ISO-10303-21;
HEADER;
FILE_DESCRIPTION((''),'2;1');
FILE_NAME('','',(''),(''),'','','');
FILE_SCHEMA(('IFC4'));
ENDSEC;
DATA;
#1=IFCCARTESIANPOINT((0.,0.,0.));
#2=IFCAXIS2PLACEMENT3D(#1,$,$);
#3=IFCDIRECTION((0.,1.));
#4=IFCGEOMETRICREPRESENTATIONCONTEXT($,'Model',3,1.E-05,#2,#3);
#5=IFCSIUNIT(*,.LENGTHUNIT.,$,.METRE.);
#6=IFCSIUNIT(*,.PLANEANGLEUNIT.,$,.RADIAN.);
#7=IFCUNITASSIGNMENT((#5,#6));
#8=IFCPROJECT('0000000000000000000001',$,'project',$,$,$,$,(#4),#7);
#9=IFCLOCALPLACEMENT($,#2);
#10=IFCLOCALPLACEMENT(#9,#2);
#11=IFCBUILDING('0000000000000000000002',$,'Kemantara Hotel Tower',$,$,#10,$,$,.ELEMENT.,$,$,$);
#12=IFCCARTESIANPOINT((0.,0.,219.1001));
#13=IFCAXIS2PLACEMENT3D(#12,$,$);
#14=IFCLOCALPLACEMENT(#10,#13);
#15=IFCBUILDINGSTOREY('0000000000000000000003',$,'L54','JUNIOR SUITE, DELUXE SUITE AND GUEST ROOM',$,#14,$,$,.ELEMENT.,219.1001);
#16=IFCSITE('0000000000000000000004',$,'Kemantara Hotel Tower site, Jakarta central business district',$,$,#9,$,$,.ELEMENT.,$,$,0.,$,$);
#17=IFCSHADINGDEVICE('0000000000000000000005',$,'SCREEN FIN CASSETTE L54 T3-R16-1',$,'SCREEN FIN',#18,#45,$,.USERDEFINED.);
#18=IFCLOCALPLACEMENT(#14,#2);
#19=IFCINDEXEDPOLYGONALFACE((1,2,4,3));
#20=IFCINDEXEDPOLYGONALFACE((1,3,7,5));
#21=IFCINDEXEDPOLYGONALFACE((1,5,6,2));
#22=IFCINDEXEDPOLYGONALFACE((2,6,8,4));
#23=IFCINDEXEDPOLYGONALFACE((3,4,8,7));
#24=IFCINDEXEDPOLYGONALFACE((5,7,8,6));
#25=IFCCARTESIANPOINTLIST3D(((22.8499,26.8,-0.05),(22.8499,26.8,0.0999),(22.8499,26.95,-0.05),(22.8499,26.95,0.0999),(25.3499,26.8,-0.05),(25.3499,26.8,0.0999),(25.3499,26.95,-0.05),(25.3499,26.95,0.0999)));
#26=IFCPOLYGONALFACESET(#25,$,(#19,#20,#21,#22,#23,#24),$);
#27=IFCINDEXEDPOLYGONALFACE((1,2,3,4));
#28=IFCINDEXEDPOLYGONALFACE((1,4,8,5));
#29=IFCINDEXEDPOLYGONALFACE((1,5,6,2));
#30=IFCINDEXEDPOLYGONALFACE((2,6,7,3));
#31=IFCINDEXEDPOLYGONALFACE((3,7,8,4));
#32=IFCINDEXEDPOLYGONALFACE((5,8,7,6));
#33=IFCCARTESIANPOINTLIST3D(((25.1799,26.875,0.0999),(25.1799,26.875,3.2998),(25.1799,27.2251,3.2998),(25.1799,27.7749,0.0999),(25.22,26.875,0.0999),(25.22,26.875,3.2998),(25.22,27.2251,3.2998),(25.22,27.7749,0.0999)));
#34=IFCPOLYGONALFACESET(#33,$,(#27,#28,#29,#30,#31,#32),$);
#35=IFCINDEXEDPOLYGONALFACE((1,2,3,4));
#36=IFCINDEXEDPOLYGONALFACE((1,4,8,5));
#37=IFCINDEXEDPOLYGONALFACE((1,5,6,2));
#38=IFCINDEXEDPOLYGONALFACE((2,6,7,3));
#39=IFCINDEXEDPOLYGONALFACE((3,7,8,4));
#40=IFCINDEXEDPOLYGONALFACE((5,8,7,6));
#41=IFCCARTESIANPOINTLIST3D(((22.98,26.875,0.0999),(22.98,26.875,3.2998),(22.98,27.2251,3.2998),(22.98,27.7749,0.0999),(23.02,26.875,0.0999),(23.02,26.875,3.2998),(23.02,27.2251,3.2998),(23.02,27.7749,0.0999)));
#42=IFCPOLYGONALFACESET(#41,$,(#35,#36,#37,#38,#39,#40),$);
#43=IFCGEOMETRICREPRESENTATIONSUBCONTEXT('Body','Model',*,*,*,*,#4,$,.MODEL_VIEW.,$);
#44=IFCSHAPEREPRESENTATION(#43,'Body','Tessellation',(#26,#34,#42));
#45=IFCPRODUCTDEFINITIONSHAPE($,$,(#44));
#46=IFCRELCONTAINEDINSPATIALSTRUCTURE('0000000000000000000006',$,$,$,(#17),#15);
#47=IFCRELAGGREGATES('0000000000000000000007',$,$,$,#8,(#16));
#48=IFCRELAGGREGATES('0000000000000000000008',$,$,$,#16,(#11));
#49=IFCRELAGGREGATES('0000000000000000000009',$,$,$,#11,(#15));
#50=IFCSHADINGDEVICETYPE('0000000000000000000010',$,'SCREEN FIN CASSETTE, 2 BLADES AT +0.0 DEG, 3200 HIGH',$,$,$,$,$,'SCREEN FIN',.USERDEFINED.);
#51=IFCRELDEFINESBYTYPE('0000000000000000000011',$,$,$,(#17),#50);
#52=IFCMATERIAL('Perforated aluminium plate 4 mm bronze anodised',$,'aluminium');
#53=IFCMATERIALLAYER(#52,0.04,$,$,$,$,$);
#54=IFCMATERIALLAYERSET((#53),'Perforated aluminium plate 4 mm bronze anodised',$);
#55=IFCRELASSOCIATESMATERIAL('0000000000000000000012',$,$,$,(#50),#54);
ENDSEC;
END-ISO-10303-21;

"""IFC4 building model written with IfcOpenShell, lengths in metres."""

from ifc_helpers import new_model, si_unit, direction, frame, origin, origin_2d, place, context, subcontext, project, spatial, polyline, rectangle, outline, extrude, source, transform, mapped, material, layer, layer_set, type_object, element, save


model = new_model("IFC4")

# Units and contexts
model_context = context("Model", 3, precision=1e-05, world=origin(), true_north=direction((0.0, 1.0)))
body_context = subcontext(model_context, "Body", "Model", "MODEL_VIEW")
ifc_project = project(units=[si_unit("LENGTHUNIT", "METRE"), si_unit("PLANEANGLEUNIT", "RADIAN")], contexts=[model_context])

# Site, building, storey
site_placement = place(None, origin())
site = spatial("IfcSite", under=ifc_project, at=site_placement, Name="Kemantara Hotel Tower site, Jakarta central business district", CompositionType="ELEMENT", RefElevation=0.0)
building_placement = place(site_placement, origin())
building = spatial("IfcBuilding", under=site, at=building_placement, Name="Kemantara Hotel Tower", CompositionType="ELEMENT")
storey_placement = place(building_placement, frame((0.0, 0.0, 219.1001)))
storey = spatial("IfcBuildingStorey", under=building, at=storey_placement, Name="L54", Description="JUNIOR SUITE, DELUXE SUITE AND GUEST ROOM", CompositionType="ELEMENT", Elevation=219.1001)

# Shading device
ifc_material_1 = material(Name="Perforated aluminium plate 4 mm bronze anodised", Category="aluminium")
ifc_layer_1 = layer(ifc_material_1, 0.04)
ifc_layer_set_1 = layer_set([ifc_layer_1], Name="Perforated aluminium plate 4 mm bronze anodised")
shading_device_type_1 = type_object("IfcShadingDeviceType", Name="SCREEN FIN CASSETTE, 2 BLADES AT +0.0 DEG, 3200 HIGH", ElementType="SCREEN FIN", PredefinedType="USERDEFINED", material=ifc_layer_set_1)
shared_shape_1 = source(origin(), body_context, "Body", "SweptSolid", [
    extrude(rectangle(XDim=2.5, YDim=0.1499, at=origin_2d()), frame((1.1001, -0.075, -0.1499), z_axis=(0.0, 0.0, 1.0), x_axis=(1.0, 0.0, 0.0)), (0.0, 0.0, 1.0), 0.1499),
    extrude(outline(polyline([(0.0, 0.0), (0.8999, 0.0), (0.3501, 3.2), (0.0, 3.2), (0.0, 0.0)])), frame((0.02, -0.075, 0.0), z_axis=(-1.0, 0.0, 0.0), x_axis=(0.0, -1.0, 0.0)), (0.0, 0.0, 1.0), 0.04),
    extrude(outline(polyline([(0.0, 0.0), (0.8999, 0.0), (0.3501, 3.2), (0.0, 3.2), (0.0, 0.0)])), frame((2.22, -0.075, 0.0), z_axis=(-1.0, 0.0, 0.0), x_axis=(0.0, -1.0, 0.0)), (0.0, 0.0, 1.0), 0.04),
])
for number, where, z_axis, x_axis, name in (
    (1, (25.2, 26.8, 0.0999), (0.0, 0.0, 1.0), (-1.0, 0.0, 0.0), "SCREEN FIN CASSETTE L54 T3-R16-1"),
):
    element("IfcShadingDevice", number, at=place(storey_placement, frame(where, z_axis=z_axis, x_axis=x_axis)), inside=storey, type_object=shading_device_type_1, Name=name, ObjectType="SCREEN FIN", PredefinedType="USERDEFINED", context=body_context, shape_type="MappedRepresentation", body=[
        mapped(shared_shape_1, transform((0.0, 0.0, 0.0))),
    ])

save(model, "model.ifc")
